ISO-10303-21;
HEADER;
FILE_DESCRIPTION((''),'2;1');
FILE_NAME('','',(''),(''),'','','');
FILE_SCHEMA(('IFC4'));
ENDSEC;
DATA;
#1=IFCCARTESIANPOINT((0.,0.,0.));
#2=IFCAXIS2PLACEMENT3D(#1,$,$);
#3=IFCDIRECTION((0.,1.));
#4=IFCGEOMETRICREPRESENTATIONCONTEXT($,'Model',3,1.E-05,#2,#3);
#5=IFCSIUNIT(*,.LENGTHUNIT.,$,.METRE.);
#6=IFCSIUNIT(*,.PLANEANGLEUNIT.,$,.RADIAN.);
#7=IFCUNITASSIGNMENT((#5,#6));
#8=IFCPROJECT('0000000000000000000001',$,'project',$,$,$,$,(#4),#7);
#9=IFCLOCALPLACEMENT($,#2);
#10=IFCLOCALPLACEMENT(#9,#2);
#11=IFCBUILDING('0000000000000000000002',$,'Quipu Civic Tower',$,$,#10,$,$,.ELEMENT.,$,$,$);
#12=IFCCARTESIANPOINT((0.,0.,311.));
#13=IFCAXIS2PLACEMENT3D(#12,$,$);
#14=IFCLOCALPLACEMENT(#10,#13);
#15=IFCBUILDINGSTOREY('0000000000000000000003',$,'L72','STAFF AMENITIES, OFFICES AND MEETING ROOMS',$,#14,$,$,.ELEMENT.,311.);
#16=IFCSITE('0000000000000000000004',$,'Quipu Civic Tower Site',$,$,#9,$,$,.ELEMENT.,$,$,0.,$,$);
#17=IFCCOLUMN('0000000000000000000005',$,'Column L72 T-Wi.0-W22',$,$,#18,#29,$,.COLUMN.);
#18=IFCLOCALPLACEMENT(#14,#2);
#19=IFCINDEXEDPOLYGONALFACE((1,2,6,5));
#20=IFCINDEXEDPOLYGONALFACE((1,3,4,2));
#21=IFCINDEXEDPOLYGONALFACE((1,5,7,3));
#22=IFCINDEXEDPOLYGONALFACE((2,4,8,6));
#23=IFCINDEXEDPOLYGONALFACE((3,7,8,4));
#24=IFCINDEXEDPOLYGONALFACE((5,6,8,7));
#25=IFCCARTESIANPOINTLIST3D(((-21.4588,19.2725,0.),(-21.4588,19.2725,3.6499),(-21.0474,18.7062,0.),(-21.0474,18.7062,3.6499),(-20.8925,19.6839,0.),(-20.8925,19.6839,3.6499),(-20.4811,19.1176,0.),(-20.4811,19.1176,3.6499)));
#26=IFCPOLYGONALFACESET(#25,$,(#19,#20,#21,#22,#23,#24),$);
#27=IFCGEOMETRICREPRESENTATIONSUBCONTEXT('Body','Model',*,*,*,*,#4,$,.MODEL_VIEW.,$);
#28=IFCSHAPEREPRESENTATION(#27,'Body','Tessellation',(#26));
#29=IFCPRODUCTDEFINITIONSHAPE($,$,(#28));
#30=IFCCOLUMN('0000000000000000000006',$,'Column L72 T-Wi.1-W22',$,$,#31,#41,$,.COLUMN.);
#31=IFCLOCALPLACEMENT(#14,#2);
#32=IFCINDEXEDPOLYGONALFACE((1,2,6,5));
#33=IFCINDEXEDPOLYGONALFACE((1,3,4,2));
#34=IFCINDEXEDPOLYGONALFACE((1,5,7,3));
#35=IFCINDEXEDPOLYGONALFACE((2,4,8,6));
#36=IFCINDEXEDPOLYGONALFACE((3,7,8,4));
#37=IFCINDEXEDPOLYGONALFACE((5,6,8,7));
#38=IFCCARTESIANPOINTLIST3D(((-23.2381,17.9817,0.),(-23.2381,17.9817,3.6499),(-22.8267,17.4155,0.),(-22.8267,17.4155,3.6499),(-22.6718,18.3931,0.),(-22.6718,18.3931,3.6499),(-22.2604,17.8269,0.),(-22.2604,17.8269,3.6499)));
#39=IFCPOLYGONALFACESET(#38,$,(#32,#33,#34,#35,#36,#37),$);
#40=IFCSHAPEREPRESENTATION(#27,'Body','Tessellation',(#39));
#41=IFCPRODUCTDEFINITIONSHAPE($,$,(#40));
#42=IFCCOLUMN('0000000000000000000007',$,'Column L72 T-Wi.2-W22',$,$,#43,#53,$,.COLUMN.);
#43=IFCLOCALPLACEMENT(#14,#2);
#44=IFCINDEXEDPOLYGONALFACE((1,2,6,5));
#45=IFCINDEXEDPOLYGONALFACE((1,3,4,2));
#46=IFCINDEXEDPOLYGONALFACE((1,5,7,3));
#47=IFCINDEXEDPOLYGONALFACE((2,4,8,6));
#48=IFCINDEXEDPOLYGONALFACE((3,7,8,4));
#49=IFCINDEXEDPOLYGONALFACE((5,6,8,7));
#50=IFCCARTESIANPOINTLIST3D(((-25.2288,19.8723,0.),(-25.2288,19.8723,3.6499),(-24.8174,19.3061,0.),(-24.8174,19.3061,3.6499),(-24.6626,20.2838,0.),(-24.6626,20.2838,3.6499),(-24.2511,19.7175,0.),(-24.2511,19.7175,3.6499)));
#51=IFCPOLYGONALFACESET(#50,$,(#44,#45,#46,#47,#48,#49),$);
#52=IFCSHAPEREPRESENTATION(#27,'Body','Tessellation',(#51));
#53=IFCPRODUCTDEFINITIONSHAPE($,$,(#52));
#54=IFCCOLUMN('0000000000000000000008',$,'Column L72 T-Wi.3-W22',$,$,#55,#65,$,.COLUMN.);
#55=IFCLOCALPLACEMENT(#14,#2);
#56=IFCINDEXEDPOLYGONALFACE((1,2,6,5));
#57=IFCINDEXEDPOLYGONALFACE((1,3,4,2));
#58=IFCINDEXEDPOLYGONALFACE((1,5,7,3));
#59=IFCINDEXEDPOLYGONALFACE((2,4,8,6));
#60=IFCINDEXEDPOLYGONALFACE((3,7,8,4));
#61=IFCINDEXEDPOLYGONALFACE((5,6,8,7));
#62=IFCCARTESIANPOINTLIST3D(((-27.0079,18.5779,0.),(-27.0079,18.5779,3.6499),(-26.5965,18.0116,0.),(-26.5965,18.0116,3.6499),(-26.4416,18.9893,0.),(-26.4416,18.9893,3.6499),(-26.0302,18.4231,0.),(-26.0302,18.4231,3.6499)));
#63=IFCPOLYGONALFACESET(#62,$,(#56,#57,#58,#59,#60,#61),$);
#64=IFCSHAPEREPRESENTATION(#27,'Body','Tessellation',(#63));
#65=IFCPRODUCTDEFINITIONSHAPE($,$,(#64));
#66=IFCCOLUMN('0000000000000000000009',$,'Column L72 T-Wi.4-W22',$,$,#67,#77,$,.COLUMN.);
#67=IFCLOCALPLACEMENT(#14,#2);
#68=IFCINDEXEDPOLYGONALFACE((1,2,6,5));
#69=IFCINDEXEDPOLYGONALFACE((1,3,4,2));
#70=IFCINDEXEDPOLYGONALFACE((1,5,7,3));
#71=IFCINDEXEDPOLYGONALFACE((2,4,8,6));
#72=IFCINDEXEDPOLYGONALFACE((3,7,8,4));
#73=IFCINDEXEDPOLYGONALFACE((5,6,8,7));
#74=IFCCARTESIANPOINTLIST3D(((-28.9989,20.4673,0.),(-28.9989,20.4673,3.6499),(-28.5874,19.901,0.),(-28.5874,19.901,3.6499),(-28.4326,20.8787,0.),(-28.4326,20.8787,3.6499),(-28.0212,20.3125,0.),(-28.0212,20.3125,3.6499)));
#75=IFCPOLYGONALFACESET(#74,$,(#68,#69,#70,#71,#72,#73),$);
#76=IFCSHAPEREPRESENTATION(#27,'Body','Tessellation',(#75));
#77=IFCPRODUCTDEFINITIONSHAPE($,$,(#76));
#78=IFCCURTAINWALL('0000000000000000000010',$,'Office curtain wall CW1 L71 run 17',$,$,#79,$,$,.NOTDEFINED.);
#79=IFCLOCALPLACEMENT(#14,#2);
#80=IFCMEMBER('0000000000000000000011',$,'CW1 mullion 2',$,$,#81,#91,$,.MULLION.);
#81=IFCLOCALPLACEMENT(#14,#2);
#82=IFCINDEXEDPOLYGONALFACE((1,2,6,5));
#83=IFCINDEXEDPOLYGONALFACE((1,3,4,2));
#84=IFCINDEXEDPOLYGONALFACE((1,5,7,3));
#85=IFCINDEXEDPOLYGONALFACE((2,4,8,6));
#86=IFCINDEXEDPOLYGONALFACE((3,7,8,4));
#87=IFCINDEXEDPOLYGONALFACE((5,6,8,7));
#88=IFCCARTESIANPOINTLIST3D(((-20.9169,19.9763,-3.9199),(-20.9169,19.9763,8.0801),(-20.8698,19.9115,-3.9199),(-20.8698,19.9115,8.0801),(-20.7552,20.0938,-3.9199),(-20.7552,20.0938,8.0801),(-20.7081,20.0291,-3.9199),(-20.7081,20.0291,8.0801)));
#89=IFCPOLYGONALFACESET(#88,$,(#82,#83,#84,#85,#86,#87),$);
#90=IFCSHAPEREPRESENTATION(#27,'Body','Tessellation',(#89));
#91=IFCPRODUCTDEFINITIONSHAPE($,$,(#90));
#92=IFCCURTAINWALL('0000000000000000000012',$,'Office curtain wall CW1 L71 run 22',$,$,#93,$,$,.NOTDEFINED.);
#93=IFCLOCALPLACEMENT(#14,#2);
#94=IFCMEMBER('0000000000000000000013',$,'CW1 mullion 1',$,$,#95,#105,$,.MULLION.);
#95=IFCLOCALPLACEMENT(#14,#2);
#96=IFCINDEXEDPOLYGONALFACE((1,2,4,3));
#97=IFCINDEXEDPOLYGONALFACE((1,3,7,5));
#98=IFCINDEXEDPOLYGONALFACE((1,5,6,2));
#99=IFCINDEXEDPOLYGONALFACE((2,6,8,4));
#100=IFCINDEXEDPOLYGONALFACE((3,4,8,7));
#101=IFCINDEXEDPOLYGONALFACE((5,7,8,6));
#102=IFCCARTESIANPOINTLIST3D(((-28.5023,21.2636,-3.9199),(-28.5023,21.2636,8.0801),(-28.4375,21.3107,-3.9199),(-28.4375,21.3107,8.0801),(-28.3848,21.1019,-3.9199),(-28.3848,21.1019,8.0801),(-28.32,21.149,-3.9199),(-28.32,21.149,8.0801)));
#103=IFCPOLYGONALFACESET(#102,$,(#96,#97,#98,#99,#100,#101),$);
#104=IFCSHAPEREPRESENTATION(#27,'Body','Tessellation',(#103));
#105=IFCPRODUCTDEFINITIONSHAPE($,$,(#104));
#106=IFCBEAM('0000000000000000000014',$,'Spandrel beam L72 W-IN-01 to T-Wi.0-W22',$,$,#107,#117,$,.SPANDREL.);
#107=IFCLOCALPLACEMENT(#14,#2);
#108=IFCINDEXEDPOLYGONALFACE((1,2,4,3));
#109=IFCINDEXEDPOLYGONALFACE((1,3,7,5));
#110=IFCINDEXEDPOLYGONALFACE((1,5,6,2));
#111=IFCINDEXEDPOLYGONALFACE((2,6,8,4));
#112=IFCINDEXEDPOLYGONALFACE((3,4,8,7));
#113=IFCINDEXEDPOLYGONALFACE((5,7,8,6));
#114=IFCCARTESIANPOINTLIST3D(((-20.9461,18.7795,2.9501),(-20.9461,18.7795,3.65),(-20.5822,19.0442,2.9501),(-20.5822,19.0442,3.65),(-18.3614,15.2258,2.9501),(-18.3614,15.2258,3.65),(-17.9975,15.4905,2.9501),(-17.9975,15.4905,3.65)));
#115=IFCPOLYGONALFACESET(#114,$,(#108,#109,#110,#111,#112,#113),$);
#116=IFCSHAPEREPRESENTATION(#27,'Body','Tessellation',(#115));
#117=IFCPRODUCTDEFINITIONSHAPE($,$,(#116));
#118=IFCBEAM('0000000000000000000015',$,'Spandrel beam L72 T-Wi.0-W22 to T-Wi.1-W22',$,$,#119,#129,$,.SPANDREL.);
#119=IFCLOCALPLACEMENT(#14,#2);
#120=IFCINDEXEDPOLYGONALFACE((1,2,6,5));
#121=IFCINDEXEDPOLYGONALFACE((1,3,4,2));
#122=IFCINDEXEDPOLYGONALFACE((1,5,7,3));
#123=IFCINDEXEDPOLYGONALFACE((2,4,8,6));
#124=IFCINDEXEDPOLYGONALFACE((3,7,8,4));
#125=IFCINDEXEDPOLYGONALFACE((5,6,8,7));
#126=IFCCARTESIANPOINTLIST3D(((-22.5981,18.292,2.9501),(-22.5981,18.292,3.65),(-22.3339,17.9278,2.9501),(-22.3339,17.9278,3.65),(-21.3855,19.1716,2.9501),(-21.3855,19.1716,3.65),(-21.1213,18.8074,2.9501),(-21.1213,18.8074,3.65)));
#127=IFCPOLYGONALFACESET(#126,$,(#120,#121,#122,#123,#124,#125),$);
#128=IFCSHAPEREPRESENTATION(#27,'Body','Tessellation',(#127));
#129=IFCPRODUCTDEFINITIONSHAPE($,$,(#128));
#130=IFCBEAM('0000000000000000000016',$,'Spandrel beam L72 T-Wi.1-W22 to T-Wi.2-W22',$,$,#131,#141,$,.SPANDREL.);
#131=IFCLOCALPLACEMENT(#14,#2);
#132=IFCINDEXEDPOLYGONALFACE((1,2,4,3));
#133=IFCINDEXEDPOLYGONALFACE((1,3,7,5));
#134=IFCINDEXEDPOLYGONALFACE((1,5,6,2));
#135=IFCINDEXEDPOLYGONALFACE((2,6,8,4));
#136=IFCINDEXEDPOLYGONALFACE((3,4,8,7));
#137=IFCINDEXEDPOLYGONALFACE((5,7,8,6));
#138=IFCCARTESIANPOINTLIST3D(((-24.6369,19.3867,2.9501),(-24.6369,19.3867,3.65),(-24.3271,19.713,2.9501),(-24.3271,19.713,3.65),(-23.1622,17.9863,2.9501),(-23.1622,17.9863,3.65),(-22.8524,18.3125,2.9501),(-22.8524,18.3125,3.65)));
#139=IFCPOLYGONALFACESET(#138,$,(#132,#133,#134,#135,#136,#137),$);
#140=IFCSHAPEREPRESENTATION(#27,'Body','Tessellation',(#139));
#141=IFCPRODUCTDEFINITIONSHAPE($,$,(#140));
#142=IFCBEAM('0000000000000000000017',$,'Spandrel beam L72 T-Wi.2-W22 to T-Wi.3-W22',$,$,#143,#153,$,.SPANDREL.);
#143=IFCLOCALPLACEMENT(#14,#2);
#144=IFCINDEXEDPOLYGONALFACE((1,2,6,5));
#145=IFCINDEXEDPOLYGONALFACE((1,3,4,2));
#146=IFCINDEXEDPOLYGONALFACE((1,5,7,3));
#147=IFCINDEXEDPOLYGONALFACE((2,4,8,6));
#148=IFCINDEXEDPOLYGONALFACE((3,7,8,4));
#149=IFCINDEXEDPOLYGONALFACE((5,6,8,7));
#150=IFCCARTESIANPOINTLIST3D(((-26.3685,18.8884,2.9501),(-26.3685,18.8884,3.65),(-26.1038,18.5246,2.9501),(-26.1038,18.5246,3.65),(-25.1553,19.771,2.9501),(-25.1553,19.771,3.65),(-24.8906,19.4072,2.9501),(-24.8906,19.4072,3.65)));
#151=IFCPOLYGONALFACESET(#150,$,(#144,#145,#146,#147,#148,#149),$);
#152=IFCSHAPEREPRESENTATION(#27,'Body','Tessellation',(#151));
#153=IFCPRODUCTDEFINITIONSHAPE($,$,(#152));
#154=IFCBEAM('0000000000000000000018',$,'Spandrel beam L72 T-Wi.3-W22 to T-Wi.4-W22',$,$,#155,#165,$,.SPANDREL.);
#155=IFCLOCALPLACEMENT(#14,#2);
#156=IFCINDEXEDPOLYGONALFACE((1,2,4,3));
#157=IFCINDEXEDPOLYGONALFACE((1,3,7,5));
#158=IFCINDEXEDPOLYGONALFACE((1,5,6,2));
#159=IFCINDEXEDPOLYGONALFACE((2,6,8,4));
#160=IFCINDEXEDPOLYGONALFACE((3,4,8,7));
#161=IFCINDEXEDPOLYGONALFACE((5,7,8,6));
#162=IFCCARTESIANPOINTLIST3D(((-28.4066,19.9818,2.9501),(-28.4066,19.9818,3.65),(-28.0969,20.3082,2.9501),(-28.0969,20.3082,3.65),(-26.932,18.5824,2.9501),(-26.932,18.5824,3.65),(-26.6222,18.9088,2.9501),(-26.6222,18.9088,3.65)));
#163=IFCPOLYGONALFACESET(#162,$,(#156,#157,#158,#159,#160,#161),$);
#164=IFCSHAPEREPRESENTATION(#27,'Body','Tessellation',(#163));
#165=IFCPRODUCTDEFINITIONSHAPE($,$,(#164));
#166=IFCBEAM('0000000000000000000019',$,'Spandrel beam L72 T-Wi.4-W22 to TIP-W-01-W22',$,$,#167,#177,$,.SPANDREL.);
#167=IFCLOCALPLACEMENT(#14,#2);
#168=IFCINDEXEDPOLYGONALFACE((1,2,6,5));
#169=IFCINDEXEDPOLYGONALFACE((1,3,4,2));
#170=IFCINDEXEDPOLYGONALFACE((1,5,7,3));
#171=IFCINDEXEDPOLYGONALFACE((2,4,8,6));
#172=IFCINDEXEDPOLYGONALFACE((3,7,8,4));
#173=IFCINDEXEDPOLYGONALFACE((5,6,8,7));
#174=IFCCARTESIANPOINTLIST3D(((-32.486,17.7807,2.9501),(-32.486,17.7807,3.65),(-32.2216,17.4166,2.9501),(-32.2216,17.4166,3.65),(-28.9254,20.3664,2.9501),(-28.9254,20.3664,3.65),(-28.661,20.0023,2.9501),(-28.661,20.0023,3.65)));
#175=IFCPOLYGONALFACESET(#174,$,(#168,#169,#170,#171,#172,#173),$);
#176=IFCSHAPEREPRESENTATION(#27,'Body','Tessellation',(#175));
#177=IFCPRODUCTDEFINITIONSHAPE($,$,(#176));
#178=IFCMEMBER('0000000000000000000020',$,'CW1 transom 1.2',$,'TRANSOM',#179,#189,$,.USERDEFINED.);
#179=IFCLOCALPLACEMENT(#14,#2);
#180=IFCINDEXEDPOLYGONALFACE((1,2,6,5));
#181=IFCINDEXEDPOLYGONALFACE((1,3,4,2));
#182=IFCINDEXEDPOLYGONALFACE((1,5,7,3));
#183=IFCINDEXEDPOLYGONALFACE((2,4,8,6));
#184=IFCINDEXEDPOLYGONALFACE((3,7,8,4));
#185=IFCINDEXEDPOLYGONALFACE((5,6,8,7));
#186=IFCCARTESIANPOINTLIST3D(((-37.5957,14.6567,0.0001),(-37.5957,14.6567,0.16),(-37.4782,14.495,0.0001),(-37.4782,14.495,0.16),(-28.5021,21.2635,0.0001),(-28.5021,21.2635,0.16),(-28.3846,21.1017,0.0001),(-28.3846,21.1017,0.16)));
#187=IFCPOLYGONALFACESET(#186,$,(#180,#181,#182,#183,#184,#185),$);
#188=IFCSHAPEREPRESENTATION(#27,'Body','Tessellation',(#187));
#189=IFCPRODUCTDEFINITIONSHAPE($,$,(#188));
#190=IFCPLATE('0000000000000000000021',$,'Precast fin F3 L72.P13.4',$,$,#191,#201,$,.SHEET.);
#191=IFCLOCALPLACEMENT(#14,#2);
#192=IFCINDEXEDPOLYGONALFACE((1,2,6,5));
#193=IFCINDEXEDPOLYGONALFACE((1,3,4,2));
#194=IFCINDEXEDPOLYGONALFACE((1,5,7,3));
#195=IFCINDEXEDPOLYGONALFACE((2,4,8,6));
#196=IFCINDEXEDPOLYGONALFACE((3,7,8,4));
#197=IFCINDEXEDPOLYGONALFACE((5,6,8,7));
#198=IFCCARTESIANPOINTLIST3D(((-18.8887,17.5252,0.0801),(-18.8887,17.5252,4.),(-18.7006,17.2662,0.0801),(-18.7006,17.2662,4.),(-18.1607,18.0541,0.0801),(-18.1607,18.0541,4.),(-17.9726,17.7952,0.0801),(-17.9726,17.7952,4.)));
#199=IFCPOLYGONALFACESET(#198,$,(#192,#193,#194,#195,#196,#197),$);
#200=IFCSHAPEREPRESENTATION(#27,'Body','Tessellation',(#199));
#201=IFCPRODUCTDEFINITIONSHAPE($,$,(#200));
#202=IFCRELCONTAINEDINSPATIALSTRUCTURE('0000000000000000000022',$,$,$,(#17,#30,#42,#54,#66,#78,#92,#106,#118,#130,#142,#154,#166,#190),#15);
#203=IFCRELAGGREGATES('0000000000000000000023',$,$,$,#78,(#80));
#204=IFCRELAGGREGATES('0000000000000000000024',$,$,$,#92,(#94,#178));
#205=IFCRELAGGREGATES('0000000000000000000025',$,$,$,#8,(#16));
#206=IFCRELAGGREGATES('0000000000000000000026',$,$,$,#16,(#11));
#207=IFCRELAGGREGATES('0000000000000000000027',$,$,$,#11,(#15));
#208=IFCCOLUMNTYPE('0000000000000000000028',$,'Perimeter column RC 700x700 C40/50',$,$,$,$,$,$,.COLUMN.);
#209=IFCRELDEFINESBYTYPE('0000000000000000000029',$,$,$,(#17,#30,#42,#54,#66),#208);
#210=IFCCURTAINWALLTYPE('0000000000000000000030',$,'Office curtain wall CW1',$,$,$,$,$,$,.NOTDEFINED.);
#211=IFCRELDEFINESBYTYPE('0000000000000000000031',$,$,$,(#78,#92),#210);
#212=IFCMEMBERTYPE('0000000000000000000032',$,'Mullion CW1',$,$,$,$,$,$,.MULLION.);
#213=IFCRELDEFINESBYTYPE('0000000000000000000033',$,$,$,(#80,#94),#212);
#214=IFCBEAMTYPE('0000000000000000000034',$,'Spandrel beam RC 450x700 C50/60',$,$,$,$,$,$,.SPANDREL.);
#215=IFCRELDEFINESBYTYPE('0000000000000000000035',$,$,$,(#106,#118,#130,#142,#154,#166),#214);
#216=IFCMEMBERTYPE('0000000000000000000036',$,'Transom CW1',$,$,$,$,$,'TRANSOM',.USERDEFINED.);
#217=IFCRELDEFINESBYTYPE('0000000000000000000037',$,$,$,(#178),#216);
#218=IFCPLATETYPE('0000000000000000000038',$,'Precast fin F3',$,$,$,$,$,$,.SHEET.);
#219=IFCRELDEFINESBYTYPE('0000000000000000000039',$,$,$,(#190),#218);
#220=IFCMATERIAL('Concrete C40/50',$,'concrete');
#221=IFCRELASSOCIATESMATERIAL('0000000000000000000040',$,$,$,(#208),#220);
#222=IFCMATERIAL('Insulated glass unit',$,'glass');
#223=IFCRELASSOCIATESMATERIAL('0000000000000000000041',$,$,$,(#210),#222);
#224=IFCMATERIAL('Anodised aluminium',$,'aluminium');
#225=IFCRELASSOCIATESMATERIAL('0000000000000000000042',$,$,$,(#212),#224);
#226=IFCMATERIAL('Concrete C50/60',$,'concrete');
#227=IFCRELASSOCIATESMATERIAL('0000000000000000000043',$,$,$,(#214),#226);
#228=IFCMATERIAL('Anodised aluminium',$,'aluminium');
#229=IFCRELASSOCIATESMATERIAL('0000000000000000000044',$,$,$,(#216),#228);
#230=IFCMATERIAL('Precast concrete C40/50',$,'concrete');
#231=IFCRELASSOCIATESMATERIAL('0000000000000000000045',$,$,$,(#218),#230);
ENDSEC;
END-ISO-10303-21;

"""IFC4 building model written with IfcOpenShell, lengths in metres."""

from ifc_helpers import new_model, si_unit, direction, frame, origin, origin_2d, place, context, subcontext, project, spatial, rectangle, extrude, material, material_profile, profile_set, type_object, element, aggregate, save


model = new_model("IFC4")

# Units and contexts
model_context = context("Model", 3, precision=1e-05, world=origin(), true_north=direction((0.0, 1.0)))
body_context = subcontext(model_context, "Body", "Model", "MODEL_VIEW")
ifc_project = project(units=[si_unit("LENGTHUNIT", "METRE"), si_unit("PLANEANGLEUNIT", "RADIAN")], contexts=[model_context])

# Site, building, storey
site_placement = place(None, origin())
site = spatial("IfcSite", under=ifc_project, at=site_placement, Name="Quipu Civic Tower Site", CompositionType="ELEMENT", RefElevation=0.0)
building_placement = place(site_placement, origin())
building = spatial("IfcBuilding", under=site, at=building_placement, Name="Quipu Civic Tower", CompositionType="ELEMENT")
storey_placement = place(building_placement, frame((0.0, 0.0, 311.0)))
storey = spatial("IfcBuildingStorey", under=building, at=storey_placement, Name="L72", Description="STAFF AMENITIES, OFFICES AND MEETING ROOMS", CompositionType="ELEMENT", Elevation=311.0)

# Columns
ifc_material_1 = material(Name="Concrete C40/50", Category="concrete")
ifc_material_profile_1 = material_profile(ifc_material_1, rectangle(XDim=0.7, YDim=0.7, at=origin_2d()), Name="RC700x700")
ifc_profile_set_1 = profile_set([ifc_material_profile_1], Name="Concrete C40/50")
column_type = type_object("IfcColumnType", Name="Perimeter column RC 700x700 C40/50", PredefinedType="COLUMN", material=ifc_profile_set_1)
for number, where, z_axis, x_axis, name in (
    (1, (-20.97, 19.1951, 0.0), (0.0, 0.0, 1.0), (-0.587785, 0.809017, 0.0), "Column L72 T-Wi.0-W22"),
    (2, (-22.7493, 17.9043, 0.0), (0.0, 0.0, 1.0), (-0.587785, 0.809017, 0.0), "Column L72 T-Wi.1-W22"),
    (3, (-24.74, 19.7949, 0.0), (0.0, 0.0, 1.0), (-0.587785, 0.809017, 0.0), "Column L72 T-Wi.2-W22"),
    (4, (-26.519, 18.5005, 0.0), (0.0, 0.0, 1.0), (-0.587785, 0.809017, 0.0), "Column L72 T-Wi.3-W22"),
    (5, (-28.51, 20.3899, 0.0), (0.0, 0.0, 1.0), (-0.809017, -0.587785, 0.0), "Column L72 T-Wi.4-W22"),
):
    element("IfcColumn", number, at=place(storey_placement, frame(where, z_axis=z_axis, x_axis=x_axis)), inside=storey, type_object=column_type, Name=name, PredefinedType="COLUMN", context=body_context, shape_type="SweptSolid", body=[
        extrude(rectangle(XDim=0.7, YDim=0.7, at=origin_2d()), origin(), (0.0, 0.0, 1.0), 3.6499),
    ])

# Curtain walls, members
ifc_material_2 = material(Name="Insulated glass unit", Category="glass")
curtain_wall_type = type_object("IfcCurtainWallType", Name="Office curtain wall CW1", PredefinedType="NOTDEFINED", material=ifc_material_2)
curtain_wall_1_placement = place(storey_placement, origin())
curtain_wall_1 = element("IfcCurtainWall", 6, at=curtain_wall_1_placement, inside=storey, type_object=curtain_wall_type, Name="Office curtain wall CW1 L71 run 17", PredefinedType="NOTDEFINED")
ifc_material_3 = material(Name="Anodised aluminium", Category="aluminium")
ifc_material_profile_2 = material_profile(ifc_material_3, rectangle(XDim=0.2, YDim=0.0801, at=origin_2d()), Name="RECT 200x80")
ifc_profile_set_2 = profile_set([ifc_material_profile_2], Name="Anodised aluminium")
member_type_1 = type_object("IfcMemberType", Name="Mullion CW1", PredefinedType="MULLION", material=ifc_profile_set_2)
member_1_placement = place(storey_placement, frame((-20.8125, 20.0027, -3.9199), z_axis=(0.0, 0.0, 1.0), x_axis=(-0.809015, -0.587788, 0.0)))
member_1 = element("IfcMember", 7, at=member_1_placement, type_object=member_type_1, Name="CW1 mullion 2", PredefinedType="MULLION", context=body_context, shape_type="SweptSolid", body=[
    extrude(rectangle(XDim=0.2, YDim=0.0801, at=origin_2d()), origin(), (0.0, 0.0, 1.0), 12.0),
])
aggregate(curtain_wall_1, [member_1])
curtain_wall_2_placement = place(storey_placement, origin())
curtain_wall_2 = element("IfcCurtainWall", 8, at=curtain_wall_2_placement, inside=storey, type_object=curtain_wall_type, Name="Office curtain wall CW1 L71 run 22", PredefinedType="NOTDEFINED")
member_2_placement = place(storey_placement, frame((-28.4111, 21.2063, -3.9199), z_axis=(0.0, 0.0, 1.0), x_axis=(0.587788, -0.809015, 0.0)))
member_2 = element("IfcMember", 9, at=member_2_placement, type_object=member_type_1, Name="CW1 mullion 1", PredefinedType="MULLION", context=body_context, shape_type="SweptSolid", body=[
    extrude(rectangle(XDim=0.2, YDim=0.0801, at=origin_2d()), origin(), (0.0, 0.0, 1.0), 12.0),
])

# Beams
ifc_material_4 = material(Name="Concrete C50/60", Category="concrete")
ifc_material_profile_3 = material_profile(ifc_material_4, rectangle(XDim=0.45, YDim=0.7, at=origin_2d()), Name="RC450x700")
ifc_profile_set_3 = profile_set([ifc_material_profile_3], Name="Concrete C50/60")
beam_type = type_object("IfcBeamType", Name="Spandrel beam RC 450x700 C50/60", PredefinedType="SPANDREL", material=ifc_profile_set_3)
beam_1_placement = place(storey_placement, frame((-18.1794, 15.3582, 3.3), z_axis=(-0.588201, 0.808714, 0.0), x_axis=(-0.808714, -0.588201, 0.0)))
element("IfcBeam", 10, at=beam_1_placement, inside=storey, type_object=beam_type, Name="Spandrel beam L72 W-IN-01 to T-Wi.0-W22", PredefinedType="SPANDREL", context=body_context, shape_type="SweptSolid", body=[
    extrude(rectangle(XDim=0.45, YDim=0.7, at=origin_2d()), origin(), (0.0, 0.0, 1.0), 4.3943),
])
beam_2_placement = place(storey_placement, frame((-21.2534, 18.9895, 3.3), z_axis=(-0.809461, -0.587173, 0.0), x_axis=(0.587173, -0.809461, 0.0)))
element("IfcBeam", 11, at=beam_2_placement, inside=storey, type_object=beam_type, Name="Spandrel beam L72 T-Wi.0-W22 to T-Wi.1-W22", PredefinedType="SPANDREL", context=body_context, shape_type="SweptSolid", body=[
    extrude(rectangle(XDim=0.45, YDim=0.7, at=origin_2d()), origin(), (0.0, 0.0, 1.0), 1.498),
])
beam_3_placement = place(storey_placement, frame((-23.0073, 18.1494, 3.3), z_axis=(-0.725119, 0.688623, 0.0), x_axis=(-0.688623, -0.725119, 0.0)))
element("IfcBeam", 12, at=beam_3_placement, inside=storey, type_object=beam_type, Name="Spandrel beam L72 T-Wi.1-W22 to T-Wi.2-W22", PredefinedType="SPANDREL", context=body_context, shape_type="SweptSolid", body=[
    extrude(rectangle(XDim=0.45, YDim=0.7, at=origin_2d()), origin(), (0.0, 0.0, 1.0), 2.0337),
])
beam_4_placement = place(storey_placement, frame((-25.0229, 19.5891, 3.3), z_axis=(-0.808645, -0.588297, 0.0), x_axis=(0.588297, -0.808645, 0.0)))
element("IfcBeam", 13, at=beam_4_placement, inside=storey, type_object=beam_type, Name="Spandrel beam L72 T-Wi.2-W22 to T-Wi.3-W22", PredefinedType="SPANDREL", context=body_context, shape_type="SweptSolid", body=[
    extrude(rectangle(XDim=0.45, YDim=0.7, at=origin_2d()), origin(), (0.0, 0.0, 1.0), 1.5002),
])
beam_5_placement = place(storey_placement, frame((-26.7771, 18.7456, 3.3), z_axis=(-0.725359, 0.688371, 0.0), x_axis=(-0.688371, -0.725359, 0.0)))
element("IfcBeam", 14, at=beam_5_placement, inside=storey, type_object=beam_type, Name="Spandrel beam L72 T-Wi.3-W22 to T-Wi.4-W22", PredefinedType="SPANDREL", context=body_context, shape_type="SweptSolid", body=[
    extrude(rectangle(XDim=0.45, YDim=0.7, at=origin_2d()), origin(), (0.0, 0.0, 1.0), 2.033),
])
beam_6_placement = place(storey_placement, frame((-28.7932, 20.1843, 3.3), z_axis=(-0.809146, -0.587607, 0.0), x_axis=(0.587607, -0.809146, 0.0)))
element("IfcBeam", 15, at=beam_6_placement, inside=storey, type_object=beam_type, Name="Spandrel beam L72 T-Wi.4-W22 to TIP-W-01-W22", PredefinedType="SPANDREL", context=body_context, shape_type="SweptSolid", body=[
    extrude(rectangle(XDim=0.45, YDim=0.7, at=origin_2d()), origin(), (0.0, 0.0, 1.0), 4.4004),
])

# Member
ifc_material_5 = material(Name="Anodised aluminium", Category="aluminium")
ifc_material_profile_4 = material_profile(ifc_material_5, rectangle(XDim=0.2, YDim=0.1599, at=origin_2d()), Name="RECT 200x160")
ifc_profile_set_4 = profile_set([ifc_material_profile_4], Name="Anodised aluminium")
member_type_2 = type_object("IfcMemberType", Name="Transom CW1", ElementType="TRANSOM", PredefinedType="USERDEFINED", material=ifc_profile_set_4)
member_3_placement = place(storey_placement, frame((-28.4434, 21.1826, 0.0801), z_axis=(-0.809022, -0.587778, 0.0), x_axis=(0.587778, -0.809022, 0.0)))
member_3 = element("IfcMember", 16, at=member_3_placement, type_object=member_type_2, Name="CW1 transom 1.2", ObjectType="TRANSOM", PredefinedType="USERDEFINED", context=body_context, shape_type="SweptSolid", body=[
    extrude(rectangle(XDim=0.2, YDim=0.1599, at=origin_2d()), origin(), (0.0, 0.0, 1.0), 11.2402),
])
aggregate(curtain_wall_2, [member_2, member_3])

# Plate
ifc_material_6 = material(Name="Precast concrete C40/50", Category="concrete")
plate_type = type_object("IfcPlateType", Name="Precast fin F3", PredefinedType="SHEET", material=ifc_material_6)
for number, where, z_axis, x_axis, name in (
    (17, (-18.4307, 17.6602, 0.0801), (0.0, 0.0, 1.0), (-0.587784, 0.809018, 0.0), "Precast fin F3 L72.P13.4"),
):
    element("IfcPlate", number, at=place(storey_placement, frame(where, z_axis=z_axis, x_axis=x_axis)), inside=storey, type_object=plate_type, Name=name, PredefinedType="SHEET", context=body_context, shape_type="SweptSolid", body=[
        extrude(rectangle(XDim=0.3201, YDim=0.8999, at=origin_2d()), origin(), (0.0, 0.0, 1.0), 3.9199),
    ])

save(model, "model.ifc")
